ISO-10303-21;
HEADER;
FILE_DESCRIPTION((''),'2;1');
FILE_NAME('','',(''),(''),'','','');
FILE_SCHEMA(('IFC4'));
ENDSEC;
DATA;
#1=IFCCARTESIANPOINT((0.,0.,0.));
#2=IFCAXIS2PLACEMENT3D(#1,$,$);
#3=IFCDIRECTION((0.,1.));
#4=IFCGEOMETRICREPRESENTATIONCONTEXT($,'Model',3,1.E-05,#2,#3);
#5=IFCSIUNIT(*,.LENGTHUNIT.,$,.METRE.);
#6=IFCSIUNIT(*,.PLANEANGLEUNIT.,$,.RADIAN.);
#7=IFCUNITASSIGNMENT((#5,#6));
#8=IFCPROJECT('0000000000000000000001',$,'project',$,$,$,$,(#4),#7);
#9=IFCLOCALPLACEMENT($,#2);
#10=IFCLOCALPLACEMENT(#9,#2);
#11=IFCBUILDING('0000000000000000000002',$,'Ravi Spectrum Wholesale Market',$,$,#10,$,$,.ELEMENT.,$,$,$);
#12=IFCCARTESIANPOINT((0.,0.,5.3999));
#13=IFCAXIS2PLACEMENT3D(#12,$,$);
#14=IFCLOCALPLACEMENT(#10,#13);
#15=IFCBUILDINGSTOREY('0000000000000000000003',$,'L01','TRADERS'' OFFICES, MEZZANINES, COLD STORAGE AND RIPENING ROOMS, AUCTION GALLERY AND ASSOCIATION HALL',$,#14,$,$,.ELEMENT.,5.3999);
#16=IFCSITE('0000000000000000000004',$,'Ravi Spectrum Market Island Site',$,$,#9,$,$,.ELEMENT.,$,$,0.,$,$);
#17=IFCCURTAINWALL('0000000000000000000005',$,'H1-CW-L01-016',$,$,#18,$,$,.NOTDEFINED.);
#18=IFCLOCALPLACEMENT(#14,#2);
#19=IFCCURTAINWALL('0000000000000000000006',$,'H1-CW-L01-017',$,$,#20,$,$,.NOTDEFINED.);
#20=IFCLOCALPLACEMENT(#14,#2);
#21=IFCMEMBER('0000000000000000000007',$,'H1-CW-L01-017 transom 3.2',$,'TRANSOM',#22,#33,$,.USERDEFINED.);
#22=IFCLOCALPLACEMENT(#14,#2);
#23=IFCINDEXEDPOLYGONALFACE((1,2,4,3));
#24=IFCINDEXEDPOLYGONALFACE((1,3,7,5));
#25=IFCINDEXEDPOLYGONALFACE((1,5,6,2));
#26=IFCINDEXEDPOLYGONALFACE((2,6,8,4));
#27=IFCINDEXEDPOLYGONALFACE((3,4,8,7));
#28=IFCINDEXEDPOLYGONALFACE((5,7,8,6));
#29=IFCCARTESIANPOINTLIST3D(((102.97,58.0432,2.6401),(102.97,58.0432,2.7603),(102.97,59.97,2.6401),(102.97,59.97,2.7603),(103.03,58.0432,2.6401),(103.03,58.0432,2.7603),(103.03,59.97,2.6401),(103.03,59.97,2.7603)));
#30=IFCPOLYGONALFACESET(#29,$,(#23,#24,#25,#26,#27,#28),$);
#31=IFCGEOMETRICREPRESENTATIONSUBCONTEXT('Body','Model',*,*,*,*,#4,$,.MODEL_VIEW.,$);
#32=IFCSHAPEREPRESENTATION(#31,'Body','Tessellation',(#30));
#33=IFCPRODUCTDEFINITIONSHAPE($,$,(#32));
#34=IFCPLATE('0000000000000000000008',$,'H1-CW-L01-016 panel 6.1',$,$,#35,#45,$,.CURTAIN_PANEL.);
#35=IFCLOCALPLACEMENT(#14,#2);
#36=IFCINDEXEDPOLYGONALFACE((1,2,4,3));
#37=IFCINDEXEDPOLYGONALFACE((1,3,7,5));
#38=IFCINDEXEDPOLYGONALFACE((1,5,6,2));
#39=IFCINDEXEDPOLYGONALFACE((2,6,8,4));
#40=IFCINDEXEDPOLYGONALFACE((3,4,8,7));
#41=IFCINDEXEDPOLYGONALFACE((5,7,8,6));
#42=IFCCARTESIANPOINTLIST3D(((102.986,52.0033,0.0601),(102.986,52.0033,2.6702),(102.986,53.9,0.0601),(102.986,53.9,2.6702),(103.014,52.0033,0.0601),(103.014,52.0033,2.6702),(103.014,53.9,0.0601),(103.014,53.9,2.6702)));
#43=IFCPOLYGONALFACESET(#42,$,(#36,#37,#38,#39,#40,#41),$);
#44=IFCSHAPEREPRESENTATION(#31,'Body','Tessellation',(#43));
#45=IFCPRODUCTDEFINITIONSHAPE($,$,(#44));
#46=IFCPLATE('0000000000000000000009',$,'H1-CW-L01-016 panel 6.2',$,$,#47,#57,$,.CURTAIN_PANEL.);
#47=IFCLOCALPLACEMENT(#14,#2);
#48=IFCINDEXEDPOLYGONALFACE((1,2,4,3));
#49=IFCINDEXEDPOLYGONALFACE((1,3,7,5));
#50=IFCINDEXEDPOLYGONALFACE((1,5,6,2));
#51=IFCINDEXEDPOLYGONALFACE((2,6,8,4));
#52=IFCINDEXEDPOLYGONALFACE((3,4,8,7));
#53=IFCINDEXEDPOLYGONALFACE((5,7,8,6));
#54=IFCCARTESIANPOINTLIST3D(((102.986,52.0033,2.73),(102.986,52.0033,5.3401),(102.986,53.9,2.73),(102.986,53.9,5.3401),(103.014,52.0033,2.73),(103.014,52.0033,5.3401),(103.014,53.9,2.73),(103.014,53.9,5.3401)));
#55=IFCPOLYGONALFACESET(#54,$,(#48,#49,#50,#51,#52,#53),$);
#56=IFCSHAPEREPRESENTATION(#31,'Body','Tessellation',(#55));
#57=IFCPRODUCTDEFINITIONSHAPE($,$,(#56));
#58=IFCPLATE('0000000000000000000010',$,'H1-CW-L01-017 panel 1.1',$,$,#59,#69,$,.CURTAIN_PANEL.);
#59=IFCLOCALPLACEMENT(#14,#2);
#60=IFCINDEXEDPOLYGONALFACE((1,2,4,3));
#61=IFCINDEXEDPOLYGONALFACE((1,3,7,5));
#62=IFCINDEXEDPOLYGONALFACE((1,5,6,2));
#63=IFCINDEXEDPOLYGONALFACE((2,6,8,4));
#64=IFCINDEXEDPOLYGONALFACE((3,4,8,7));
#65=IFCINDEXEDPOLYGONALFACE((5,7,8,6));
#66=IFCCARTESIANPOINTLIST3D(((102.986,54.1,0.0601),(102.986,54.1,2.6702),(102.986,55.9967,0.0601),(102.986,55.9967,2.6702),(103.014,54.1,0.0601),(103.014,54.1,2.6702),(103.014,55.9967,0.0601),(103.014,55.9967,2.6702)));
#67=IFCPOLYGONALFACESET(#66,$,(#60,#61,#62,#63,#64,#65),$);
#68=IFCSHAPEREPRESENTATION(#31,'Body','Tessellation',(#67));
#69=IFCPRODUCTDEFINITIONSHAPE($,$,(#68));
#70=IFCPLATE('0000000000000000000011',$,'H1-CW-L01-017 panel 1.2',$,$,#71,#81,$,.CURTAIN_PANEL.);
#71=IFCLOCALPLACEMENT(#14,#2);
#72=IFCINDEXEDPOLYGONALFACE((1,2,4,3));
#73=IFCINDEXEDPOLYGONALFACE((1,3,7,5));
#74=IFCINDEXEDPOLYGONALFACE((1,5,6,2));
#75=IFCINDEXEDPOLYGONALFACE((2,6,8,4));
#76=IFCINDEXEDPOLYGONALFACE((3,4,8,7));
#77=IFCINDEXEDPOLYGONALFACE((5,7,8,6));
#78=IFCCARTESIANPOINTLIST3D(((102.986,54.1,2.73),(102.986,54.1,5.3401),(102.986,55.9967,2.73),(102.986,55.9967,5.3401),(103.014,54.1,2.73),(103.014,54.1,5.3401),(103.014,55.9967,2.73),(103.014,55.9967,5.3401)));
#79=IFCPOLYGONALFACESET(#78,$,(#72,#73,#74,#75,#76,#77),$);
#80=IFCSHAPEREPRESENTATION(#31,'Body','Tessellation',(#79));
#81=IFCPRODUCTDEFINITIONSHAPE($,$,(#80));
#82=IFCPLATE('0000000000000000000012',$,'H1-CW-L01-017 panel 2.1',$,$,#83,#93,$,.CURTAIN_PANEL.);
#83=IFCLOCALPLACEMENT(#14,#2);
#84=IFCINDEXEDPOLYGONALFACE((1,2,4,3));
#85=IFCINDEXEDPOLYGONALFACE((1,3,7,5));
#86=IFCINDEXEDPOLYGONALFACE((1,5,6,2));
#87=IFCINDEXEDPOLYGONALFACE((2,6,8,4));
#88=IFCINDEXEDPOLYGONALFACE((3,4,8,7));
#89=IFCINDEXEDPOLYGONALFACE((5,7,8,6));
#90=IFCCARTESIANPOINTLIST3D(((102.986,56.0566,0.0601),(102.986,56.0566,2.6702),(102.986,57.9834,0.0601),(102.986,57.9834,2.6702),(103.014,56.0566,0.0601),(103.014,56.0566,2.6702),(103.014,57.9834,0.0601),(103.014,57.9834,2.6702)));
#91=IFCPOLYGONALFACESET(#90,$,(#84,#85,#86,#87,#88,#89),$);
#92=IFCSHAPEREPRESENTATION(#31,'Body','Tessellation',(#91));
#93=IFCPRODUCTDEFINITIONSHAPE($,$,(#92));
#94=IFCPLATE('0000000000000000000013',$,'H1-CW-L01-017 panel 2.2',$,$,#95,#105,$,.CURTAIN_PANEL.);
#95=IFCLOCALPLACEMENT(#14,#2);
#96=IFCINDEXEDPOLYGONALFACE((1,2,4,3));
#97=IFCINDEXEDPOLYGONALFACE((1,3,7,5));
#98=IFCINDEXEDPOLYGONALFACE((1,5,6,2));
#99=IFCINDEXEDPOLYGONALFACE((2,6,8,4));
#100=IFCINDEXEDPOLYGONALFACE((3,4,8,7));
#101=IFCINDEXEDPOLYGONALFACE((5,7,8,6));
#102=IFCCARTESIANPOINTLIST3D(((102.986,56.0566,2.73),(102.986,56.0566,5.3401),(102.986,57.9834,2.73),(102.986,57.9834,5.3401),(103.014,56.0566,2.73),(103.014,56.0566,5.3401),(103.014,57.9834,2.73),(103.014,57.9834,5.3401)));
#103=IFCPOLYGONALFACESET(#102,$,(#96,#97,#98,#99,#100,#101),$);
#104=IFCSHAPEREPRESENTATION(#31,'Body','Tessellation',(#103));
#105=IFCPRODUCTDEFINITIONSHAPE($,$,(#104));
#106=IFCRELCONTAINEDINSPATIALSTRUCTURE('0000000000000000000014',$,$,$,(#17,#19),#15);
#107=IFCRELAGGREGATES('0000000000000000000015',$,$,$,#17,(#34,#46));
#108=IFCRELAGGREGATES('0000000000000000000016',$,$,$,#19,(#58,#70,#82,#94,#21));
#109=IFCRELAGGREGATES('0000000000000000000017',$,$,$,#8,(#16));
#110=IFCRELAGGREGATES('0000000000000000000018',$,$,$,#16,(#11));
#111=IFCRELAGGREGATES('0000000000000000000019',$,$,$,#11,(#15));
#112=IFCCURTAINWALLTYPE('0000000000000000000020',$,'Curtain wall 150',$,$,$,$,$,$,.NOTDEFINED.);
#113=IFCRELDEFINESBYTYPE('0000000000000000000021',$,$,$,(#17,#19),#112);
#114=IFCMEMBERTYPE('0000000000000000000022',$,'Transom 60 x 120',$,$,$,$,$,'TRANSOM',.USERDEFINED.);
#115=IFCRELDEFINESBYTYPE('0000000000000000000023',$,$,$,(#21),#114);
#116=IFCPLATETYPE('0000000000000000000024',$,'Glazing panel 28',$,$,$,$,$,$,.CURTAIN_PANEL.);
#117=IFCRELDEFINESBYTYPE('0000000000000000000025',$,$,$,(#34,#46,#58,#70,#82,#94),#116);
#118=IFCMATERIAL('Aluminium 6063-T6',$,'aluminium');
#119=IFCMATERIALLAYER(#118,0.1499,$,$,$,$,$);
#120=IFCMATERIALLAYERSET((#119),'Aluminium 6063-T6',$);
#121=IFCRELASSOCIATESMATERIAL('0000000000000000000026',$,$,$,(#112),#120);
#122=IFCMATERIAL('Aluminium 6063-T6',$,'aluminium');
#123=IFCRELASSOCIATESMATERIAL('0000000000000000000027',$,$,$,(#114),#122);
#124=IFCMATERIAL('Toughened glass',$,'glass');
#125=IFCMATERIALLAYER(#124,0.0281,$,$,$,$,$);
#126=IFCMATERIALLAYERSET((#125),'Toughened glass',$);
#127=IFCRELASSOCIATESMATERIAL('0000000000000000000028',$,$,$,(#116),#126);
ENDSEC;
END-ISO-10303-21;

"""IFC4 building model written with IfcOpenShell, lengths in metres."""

from ifc_helpers import new_model, si_unit, direction, frame, origin, origin_2d, place, context, subcontext, project, spatial, rectangle, extrude, material, layer, layer_set, material_profile, profile_set, type_object, element, aggregate, save


model = new_model("IFC4")

# Units and contexts
model_context = context("Model", 3, precision=1e-05, world=origin(), true_north=direction((0.0, 1.0)))
body_context = subcontext(model_context, "Body", "Model", "MODEL_VIEW")
ifc_project = project(units=[si_unit("LENGTHUNIT", "METRE"), si_unit("PLANEANGLEUNIT", "RADIAN")], contexts=[model_context])

# Site, building, storey
site_placement = place(None, origin())
site = spatial("IfcSite", under=ifc_project, at=site_placement, Name="Ravi Spectrum Market Island Site", CompositionType="ELEMENT", RefElevation=0.0)
building_placement = place(site_placement, origin())
building = spatial("IfcBuilding", under=site, at=building_placement, Name="Ravi Spectrum Wholesale Market", CompositionType="ELEMENT")
storey_placement = place(building_placement, frame((0.0, 0.0, 5.3999)))
storey = spatial("IfcBuildingStorey", under=building, at=storey_placement, Name="L01", Description="TRADERS' OFFICES, MEZZANINES, COLD STORAGE AND RIPENING ROOMS, AUCTION GALLERY AND ASSOCIATION HALL", CompositionType="ELEMENT", Elevation=5.3999)

# Curtain walls
ifc_material_1 = material(Name="Aluminium 6063-T6", Category="aluminium")
ifc_layer_1 = layer(ifc_material_1, 0.1499)
ifc_layer_set_1 = layer_set([ifc_layer_1], Name="Aluminium 6063-T6")
curtain_wall_type = type_object("IfcCurtainWallType", Name="Curtain wall 150", PredefinedType="NOTDEFINED", material=ifc_layer_set_1)
curtain_wall_1_placement = place(storey_placement, origin())
curtain_wall_1 = element("IfcCurtainWall", 1, at=curtain_wall_1_placement, inside=storey, type_object=curtain_wall_type, Name="H1-CW-L01-016", PredefinedType="NOTDEFINED")
curtain_wall_2_placement = place(storey_placement, origin())
curtain_wall_2 = element("IfcCurtainWall", 2, at=curtain_wall_2_placement, inside=storey, type_object=curtain_wall_type, Name="H1-CW-L01-017", PredefinedType="NOTDEFINED")

# Member
ifc_material_2 = material(Name="Aluminium 6063-T6", Category="aluminium")
ifc_material_profile_1 = material_profile(ifc_material_2, rectangle(XDim=0.0601, YDim=0.1201, at=origin_2d()))
ifc_profile_set_1 = profile_set([ifc_material_profile_1], Name="Aluminium 6063-T6")
member_type_1 = type_object("IfcMemberType", Name="Transom 60 x 120", ElementType="TRANSOM", PredefinedType="USERDEFINED", material=ifc_profile_set_1)
member_1_placement = place(storey_placement, frame((103.0, 58.0432, 2.7002), z_axis=(0.0, 1.0, 0.0), x_axis=(-1.0, 0.0, 0.0)))
member_1 = element("IfcMember", 3, at=member_1_placement, type_object=member_type_1, Name="H1-CW-L01-017 transom 3.2", ObjectType="TRANSOM", PredefinedType="USERDEFINED", context=body_context, shape_type="SweptSolid", body=[
    extrude(rectangle(XDim=0.0601, YDim=0.1201, at=origin_2d()), origin(), (0.0, 0.0, 1.0), 1.9268),
])

# Plates
ifc_material_3 = material(Name="Toughened glass", Category="glass")
ifc_layer_2 = layer(ifc_material_3, 0.0281)
ifc_layer_set_2 = layer_set([ifc_layer_2], Name="Toughened glass")
plate_type = type_object("IfcPlateType", Name="Glazing panel 28", PredefinedType="CURTAIN_PANEL", material=ifc_layer_set_2)
plate_1_placement = place(storey_placement, frame((103.0, 52.9517, 0.0601), z_axis=(0.0, 0.0, 1.0), x_axis=(0.0, 1.0, 0.0)))
plate_1 = element("IfcPlate", 4, at=plate_1_placement, type_object=plate_type, Name="H1-CW-L01-016 panel 6.1", PredefinedType="CURTAIN_PANEL", context=body_context, shape_type="SweptSolid", body=[
    extrude(rectangle(XDim=1.8967, YDim=0.0281, at=origin_2d()), origin(), (0.0, 0.0, 1.0), 2.6101),
])
plate_2_placement = place(storey_placement, frame((103.0, 52.9517, 2.73), z_axis=(0.0, 0.0, 1.0), x_axis=(0.0, 1.0, 0.0)))
plate_2 = element("IfcPlate", 5, at=plate_2_placement, type_object=plate_type, Name="H1-CW-L01-016 panel 6.2", PredefinedType="CURTAIN_PANEL", context=body_context, shape_type="SweptSolid", body=[
    extrude(rectangle(XDim=1.8967, YDim=0.0281, at=origin_2d()), origin(), (0.0, 0.0, 1.0), 2.6101),
])
aggregate(curtain_wall_1, [plate_1, plate_2])
plate_3_placement = place(storey_placement, frame((103.0, 55.0483, 0.0601), z_axis=(0.0, 0.0, 1.0), x_axis=(0.0, 1.0, 0.0)))
plate_3 = element("IfcPlate", 6, at=plate_3_placement, type_object=plate_type, Name="H1-CW-L01-017 panel 1.1", PredefinedType="CURTAIN_PANEL", context=body_context, shape_type="SweptSolid", body=[
    extrude(rectangle(XDim=1.8967, YDim=0.0281, at=origin_2d()), origin(), (0.0, 0.0, 1.0), 2.6101),
])
plate_4_placement = place(storey_placement, frame((103.0, 55.0483, 2.73), z_axis=(0.0, 0.0, 1.0), x_axis=(0.0, 1.0, 0.0)))
plate_4 = element("IfcPlate", 7, at=plate_4_placement, type_object=plate_type, Name="H1-CW-L01-017 panel 1.2", PredefinedType="CURTAIN_PANEL", context=body_context, shape_type="SweptSolid", body=[
    extrude(rectangle(XDim=1.8967, YDim=0.0281, at=origin_2d()), origin(), (0.0, 0.0, 1.0), 2.6101),
])
plate_5_placement = place(storey_placement, frame((103.0, 57.02, 0.0601), z_axis=(0.0, 0.0, 1.0), x_axis=(0.0, 1.0, 0.0)))
plate_5 = element("IfcPlate", 8, at=plate_5_placement, type_object=plate_type, Name="H1-CW-L01-017 panel 2.1", PredefinedType="CURTAIN_PANEL", context=body_context, shape_type="SweptSolid", body=[
    extrude(rectangle(XDim=1.9268, YDim=0.0281, at=origin_2d()), origin(), (0.0, 0.0, 1.0), 2.6101),
])
plate_6_placement = place(storey_placement, frame((103.0, 57.02, 2.73), z_axis=(0.0, 0.0, 1.0), x_axis=(0.0, 1.0, 0.0)))
plate_6 = element("IfcPlate", 9, at=plate_6_placement, type_object=plate_type, Name="H1-CW-L01-017 panel 2.2", PredefinedType="CURTAIN_PANEL", context=body_context, shape_type="SweptSolid", body=[
    extrude(rectangle(XDim=1.9268, YDim=0.0281, at=origin_2d()), origin(), (0.0, 0.0, 1.0), 2.6101),
])
aggregate(curtain_wall_2, [plate_3, plate_4, plate_5, plate_6, member_1])

save(model, "model.ifc")
